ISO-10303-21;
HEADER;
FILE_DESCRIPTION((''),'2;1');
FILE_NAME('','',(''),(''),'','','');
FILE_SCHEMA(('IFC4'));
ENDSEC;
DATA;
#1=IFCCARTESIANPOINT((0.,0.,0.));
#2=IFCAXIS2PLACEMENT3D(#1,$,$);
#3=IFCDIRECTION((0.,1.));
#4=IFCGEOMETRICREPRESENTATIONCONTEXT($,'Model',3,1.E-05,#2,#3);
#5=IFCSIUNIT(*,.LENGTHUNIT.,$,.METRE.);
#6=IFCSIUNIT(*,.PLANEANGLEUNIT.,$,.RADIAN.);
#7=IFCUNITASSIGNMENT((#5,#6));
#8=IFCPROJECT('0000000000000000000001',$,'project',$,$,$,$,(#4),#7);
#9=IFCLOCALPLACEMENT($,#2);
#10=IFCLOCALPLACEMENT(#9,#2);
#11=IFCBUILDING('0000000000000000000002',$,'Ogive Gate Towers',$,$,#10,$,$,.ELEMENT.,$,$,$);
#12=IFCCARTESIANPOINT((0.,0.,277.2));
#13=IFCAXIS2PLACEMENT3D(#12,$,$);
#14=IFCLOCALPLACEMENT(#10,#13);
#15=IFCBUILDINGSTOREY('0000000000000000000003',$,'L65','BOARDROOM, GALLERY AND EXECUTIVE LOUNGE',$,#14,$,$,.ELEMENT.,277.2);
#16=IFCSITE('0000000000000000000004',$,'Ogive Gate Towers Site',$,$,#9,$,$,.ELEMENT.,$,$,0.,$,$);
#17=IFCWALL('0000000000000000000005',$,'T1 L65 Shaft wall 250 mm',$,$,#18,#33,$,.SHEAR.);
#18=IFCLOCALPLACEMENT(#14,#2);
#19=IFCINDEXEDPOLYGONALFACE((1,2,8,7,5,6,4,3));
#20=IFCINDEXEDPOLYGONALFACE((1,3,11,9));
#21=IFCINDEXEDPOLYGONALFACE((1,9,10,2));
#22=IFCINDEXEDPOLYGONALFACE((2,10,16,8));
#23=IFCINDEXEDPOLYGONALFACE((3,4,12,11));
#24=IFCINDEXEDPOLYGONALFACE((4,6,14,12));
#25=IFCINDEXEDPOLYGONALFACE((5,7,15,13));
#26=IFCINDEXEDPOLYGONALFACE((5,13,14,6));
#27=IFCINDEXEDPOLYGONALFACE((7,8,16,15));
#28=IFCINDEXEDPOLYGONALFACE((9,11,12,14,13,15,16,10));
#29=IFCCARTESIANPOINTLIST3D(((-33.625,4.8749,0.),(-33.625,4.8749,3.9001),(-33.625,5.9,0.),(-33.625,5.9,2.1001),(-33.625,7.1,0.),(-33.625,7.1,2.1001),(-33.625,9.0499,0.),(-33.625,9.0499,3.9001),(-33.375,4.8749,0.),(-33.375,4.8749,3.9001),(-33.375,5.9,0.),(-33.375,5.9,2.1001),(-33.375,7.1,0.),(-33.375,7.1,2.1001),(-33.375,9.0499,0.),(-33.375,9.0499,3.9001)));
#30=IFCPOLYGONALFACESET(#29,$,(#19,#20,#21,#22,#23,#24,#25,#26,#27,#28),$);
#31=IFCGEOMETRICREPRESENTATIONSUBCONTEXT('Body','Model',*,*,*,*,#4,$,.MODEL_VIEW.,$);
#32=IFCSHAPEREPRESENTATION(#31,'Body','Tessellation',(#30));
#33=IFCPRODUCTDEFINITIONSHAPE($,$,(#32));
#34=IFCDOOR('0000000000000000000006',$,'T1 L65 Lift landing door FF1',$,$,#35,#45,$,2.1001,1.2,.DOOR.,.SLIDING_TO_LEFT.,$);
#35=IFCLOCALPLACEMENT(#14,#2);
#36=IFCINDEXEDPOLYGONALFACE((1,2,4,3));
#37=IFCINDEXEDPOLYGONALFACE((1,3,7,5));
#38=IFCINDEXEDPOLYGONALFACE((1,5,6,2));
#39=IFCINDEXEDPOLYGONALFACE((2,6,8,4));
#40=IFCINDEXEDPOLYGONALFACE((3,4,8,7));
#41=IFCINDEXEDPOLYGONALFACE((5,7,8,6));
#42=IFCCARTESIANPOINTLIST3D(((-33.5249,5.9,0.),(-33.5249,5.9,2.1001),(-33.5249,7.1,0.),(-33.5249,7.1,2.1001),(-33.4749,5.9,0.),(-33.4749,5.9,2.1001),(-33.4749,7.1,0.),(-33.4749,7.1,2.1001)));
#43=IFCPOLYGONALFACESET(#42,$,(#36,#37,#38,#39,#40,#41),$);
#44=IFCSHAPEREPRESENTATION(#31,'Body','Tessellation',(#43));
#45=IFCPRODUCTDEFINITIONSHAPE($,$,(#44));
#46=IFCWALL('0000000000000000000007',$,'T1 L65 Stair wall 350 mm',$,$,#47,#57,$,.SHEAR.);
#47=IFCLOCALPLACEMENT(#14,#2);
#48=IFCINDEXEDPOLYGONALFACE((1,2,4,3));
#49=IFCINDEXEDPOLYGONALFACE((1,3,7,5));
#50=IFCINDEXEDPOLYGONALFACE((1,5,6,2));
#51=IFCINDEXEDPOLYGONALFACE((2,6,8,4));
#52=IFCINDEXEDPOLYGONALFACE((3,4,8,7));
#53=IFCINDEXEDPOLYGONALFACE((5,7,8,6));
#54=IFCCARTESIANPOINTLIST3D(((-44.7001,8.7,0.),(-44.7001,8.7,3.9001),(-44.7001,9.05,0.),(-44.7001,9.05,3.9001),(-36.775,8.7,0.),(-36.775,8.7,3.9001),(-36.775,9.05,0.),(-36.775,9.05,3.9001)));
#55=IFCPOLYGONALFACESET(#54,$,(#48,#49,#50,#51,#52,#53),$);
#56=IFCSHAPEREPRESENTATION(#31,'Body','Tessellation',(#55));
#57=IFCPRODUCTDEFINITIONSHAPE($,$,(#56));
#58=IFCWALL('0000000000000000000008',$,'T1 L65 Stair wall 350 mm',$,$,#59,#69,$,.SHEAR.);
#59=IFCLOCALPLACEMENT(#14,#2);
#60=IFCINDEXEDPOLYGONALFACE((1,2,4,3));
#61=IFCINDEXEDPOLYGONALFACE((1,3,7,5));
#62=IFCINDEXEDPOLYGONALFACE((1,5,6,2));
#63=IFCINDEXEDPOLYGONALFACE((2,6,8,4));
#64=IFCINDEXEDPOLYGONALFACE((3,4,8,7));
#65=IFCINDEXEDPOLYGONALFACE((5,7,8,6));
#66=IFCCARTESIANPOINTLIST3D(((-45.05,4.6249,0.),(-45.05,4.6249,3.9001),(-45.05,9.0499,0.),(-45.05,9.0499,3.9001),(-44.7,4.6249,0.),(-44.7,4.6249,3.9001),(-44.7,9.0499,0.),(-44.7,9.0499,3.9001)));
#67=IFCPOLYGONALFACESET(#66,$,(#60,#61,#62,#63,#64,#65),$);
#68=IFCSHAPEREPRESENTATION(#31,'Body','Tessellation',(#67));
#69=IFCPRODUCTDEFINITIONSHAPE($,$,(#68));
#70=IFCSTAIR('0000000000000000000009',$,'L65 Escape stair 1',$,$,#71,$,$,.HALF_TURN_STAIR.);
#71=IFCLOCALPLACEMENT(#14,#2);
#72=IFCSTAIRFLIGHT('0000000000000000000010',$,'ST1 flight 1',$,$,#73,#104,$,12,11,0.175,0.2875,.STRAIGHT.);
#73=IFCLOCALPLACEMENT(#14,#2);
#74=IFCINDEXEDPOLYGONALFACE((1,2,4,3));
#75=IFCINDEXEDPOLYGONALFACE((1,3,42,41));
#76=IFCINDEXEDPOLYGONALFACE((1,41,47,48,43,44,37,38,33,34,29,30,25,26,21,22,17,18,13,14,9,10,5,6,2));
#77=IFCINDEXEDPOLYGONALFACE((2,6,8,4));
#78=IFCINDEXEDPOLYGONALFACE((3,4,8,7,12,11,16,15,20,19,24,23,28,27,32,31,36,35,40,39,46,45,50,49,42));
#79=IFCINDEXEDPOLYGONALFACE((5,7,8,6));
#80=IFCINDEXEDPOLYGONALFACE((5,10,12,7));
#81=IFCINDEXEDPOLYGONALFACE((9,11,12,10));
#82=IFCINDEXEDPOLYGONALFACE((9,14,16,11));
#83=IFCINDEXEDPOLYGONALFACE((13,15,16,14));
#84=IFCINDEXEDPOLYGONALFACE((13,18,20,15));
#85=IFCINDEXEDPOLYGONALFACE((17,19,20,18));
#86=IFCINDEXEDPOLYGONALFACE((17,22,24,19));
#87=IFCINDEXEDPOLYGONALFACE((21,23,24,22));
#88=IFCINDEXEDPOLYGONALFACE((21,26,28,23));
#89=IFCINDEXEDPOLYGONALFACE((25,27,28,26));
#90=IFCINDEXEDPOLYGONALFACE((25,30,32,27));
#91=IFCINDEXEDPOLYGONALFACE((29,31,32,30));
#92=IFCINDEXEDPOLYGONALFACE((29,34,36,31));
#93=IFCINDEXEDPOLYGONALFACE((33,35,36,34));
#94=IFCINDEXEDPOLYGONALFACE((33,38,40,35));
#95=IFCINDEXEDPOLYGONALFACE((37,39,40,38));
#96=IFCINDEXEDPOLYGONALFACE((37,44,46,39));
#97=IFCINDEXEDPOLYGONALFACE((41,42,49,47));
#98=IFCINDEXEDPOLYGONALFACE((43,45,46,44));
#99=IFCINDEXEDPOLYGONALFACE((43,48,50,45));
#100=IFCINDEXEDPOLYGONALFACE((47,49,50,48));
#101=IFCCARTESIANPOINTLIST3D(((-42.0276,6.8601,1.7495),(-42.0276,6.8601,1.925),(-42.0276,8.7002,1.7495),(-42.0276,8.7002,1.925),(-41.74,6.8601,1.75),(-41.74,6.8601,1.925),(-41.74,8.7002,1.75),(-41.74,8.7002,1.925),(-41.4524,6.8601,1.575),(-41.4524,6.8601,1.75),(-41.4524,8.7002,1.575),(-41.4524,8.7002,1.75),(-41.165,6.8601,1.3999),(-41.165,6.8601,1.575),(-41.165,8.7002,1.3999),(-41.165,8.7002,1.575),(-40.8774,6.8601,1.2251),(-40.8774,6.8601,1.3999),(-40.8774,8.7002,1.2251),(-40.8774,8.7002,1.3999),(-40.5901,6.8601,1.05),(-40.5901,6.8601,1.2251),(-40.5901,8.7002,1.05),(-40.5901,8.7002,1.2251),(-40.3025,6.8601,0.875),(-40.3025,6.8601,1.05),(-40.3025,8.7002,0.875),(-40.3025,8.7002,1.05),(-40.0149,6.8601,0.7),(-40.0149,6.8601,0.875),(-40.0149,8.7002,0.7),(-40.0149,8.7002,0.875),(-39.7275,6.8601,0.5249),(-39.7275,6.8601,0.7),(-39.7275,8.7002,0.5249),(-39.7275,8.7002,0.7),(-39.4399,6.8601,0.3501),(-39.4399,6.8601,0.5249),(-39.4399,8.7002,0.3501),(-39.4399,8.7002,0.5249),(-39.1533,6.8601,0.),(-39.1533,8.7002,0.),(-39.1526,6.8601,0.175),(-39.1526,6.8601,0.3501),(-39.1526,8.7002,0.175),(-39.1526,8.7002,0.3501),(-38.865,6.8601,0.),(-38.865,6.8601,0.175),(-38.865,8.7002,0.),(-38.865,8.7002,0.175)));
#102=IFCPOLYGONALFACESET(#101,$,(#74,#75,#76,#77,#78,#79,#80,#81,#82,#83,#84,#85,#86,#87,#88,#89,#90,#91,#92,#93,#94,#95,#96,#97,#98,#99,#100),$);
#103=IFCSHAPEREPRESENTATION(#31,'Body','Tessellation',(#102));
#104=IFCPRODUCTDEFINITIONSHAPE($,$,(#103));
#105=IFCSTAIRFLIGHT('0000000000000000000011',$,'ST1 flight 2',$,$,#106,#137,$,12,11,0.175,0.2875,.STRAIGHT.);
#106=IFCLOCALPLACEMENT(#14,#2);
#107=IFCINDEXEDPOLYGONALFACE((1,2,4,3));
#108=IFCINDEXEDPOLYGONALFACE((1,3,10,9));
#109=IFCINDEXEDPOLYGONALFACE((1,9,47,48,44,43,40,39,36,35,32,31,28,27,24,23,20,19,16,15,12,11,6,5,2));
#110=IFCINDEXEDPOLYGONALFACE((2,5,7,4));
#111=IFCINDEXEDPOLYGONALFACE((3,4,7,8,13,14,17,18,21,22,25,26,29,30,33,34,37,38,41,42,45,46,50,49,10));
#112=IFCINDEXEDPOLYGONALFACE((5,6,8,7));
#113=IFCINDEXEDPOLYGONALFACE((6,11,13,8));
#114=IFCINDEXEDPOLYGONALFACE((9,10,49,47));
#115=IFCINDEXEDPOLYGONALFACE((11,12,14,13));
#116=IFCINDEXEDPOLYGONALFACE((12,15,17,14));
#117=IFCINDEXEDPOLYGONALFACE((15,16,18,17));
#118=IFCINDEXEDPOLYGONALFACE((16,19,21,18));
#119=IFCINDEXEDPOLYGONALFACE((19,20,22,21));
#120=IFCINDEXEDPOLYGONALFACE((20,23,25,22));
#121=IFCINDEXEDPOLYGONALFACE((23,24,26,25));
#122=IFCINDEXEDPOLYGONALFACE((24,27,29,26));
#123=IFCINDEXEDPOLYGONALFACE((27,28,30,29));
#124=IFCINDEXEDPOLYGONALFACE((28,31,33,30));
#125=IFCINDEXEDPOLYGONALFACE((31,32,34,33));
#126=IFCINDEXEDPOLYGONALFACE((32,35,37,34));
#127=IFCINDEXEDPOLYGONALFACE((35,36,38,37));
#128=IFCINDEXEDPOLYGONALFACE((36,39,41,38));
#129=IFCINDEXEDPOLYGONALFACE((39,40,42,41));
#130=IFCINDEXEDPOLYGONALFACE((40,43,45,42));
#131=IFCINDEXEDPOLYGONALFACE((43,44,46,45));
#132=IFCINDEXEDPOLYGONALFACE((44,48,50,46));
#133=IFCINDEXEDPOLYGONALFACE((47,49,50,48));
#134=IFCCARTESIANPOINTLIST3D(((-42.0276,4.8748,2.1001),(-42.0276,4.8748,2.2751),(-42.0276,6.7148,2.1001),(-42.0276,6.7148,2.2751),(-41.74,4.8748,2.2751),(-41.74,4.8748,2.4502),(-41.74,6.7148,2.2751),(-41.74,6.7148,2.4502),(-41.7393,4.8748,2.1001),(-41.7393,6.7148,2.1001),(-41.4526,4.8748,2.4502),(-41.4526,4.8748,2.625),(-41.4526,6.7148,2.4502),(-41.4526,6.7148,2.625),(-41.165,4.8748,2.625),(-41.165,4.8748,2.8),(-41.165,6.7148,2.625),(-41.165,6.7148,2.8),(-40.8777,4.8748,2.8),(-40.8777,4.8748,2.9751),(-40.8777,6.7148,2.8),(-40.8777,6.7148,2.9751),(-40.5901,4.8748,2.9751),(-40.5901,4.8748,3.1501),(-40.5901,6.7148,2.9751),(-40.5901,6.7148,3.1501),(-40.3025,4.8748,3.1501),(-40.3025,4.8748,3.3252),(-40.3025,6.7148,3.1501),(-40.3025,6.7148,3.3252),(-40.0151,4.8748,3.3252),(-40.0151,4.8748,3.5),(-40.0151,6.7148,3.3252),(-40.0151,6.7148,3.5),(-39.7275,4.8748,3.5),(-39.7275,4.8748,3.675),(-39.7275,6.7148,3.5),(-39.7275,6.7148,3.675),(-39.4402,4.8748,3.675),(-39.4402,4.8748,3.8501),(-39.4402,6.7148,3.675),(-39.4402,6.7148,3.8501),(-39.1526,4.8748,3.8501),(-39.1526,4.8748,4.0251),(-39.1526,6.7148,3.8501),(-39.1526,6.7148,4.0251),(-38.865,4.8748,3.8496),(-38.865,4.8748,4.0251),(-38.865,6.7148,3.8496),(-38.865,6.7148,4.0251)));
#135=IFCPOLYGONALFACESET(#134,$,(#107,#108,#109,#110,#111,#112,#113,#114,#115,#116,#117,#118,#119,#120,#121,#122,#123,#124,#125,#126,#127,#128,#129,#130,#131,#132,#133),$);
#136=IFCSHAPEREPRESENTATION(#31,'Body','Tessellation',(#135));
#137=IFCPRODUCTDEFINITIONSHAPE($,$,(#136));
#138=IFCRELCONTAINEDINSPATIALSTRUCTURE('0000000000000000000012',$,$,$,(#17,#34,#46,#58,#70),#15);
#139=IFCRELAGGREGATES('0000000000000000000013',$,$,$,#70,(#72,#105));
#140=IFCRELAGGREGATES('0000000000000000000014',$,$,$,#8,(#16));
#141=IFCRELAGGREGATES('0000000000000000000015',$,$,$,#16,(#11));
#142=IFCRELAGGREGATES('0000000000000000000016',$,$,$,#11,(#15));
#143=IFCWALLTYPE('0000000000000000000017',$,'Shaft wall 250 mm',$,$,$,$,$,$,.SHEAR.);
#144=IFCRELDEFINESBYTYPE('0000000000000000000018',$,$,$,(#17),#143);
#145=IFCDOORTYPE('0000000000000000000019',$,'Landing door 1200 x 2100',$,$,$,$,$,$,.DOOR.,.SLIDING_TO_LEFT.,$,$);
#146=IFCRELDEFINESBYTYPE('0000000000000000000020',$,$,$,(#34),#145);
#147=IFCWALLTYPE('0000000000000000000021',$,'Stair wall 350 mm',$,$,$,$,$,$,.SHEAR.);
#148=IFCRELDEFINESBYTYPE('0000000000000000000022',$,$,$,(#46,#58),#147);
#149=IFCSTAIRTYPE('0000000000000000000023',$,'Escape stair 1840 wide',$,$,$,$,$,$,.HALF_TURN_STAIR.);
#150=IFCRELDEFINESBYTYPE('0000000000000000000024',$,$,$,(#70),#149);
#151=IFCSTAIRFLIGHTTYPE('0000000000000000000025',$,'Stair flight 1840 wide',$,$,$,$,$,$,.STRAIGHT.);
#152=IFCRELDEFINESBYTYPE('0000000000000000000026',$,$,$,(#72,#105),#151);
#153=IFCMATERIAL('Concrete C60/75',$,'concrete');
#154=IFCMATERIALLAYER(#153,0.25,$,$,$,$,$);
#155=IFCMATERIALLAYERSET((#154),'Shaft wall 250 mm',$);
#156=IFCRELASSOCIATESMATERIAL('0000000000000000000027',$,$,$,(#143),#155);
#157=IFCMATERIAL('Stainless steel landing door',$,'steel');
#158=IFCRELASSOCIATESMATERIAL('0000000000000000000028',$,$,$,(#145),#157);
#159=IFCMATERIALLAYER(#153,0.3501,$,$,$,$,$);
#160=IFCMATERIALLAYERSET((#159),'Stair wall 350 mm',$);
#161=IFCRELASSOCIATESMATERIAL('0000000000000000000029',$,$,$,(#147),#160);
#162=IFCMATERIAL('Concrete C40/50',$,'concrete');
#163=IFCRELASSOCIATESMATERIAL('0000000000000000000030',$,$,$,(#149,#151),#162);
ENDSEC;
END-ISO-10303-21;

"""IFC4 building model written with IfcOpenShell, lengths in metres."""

from ifc_helpers import new_model, si_unit, direction, frame, frame_2d, origin, place, context, subcontext, project, spatial, polyline, rectangle, outline, extrude, material, layer, layer_set, type_object, element, fill, aggregate, save


model = new_model("IFC4")

# Units and contexts
model_context = context("Model", 3, precision=1e-05, world=origin(), true_north=direction((0.0, 1.0)))
body_context = subcontext(model_context, "Body", "Model", "MODEL_VIEW")
ifc_project = project(units=[si_unit("LENGTHUNIT", "METRE"), si_unit("PLANEANGLEUNIT", "RADIAN")], contexts=[model_context])

# Site, building, storey
site_placement = place(None, origin())
site = spatial("IfcSite", under=ifc_project, at=site_placement, Name="Ogive Gate Towers Site", CompositionType="ELEMENT", RefElevation=0.0)
building_placement = place(site_placement, origin())
building = spatial("IfcBuilding", under=site, at=building_placement, Name="Ogive Gate Towers", CompositionType="ELEMENT")
storey_placement = place(building_placement, frame((0.0, 0.0, 277.2)))
storey = spatial("IfcBuildingStorey", under=building, at=storey_placement, Name="L65", Description="BOARDROOM, GALLERY AND EXECUTIVE LOUNGE", CompositionType="ELEMENT", Elevation=277.2)

# Shared definitions
ifc_material_1 = material(Name="Concrete C60/75", Category="concrete")

# Shared definitions
ifc_layer_1 = layer(ifc_material_1, 0.25)
ifc_layer_set_1 = layer_set([ifc_layer_1], Name="Shaft wall 250 mm")
wall_type_1 = type_object("IfcWallType", Name="Shaft wall 250 mm", PredefinedType="SHEAR", material=ifc_layer_set_1)

# Wall, opening, door
wall_1_placement = place(storey_placement, frame((-33.5, 4.875, 0.0), z_axis=(0.0, 0.0, 1.0), x_axis=(0.0, 1.0, 0.0)))
wall_1 = element("IfcWall", 1, at=wall_1_placement, inside=storey, type_object=wall_type_1, Name="T1 L65 Shaft wall 250 mm", PredefinedType="SHEAR", context=body_context, shape_type="SweptSolid", body=[
    extrude(rectangle(XDim=4.175, YDim=0.25, at=frame_2d((2.0874, 0.0))), origin(), (0.0, 0.0, 1.0), 3.9001),
])
opening_1_placement = place(wall_1_placement, frame((1.0249, 0.0, 0.0)))
opening_1 = element("IfcOpeningElement", 2, at=opening_1_placement, cuts=wall_1, PredefinedType="OPENING", context=body_context, shape_type="SweptSolid", body=[
    extrude(rectangle(XDim=1.2, YDim=2.1001, at=frame_2d((0.6001, 1.05))), frame((0.0, 0.135, 0.0), z_axis=(0.0, -1.0, 0.0), x_axis=(1.0, 0.0, 0.0)), (0.0, 0.0, 1.0), 0.27),
])
ifc_material_2 = material(Name="Stainless steel landing door", Category="steel")
door_type_1 = type_object("IfcDoorType", Name="Landing door 1200 x 2100", OperationType="SLIDING_TO_LEFT", PredefinedType="DOOR", material=ifc_material_2)
door_1_placement = place(opening_1_placement, origin())
door_1 = element("IfcDoor", 3, at=door_1_placement, inside=storey, type_object=door_type_1, Name="T1 L65 Lift landing door FF1", OperationType="SLIDING_TO_LEFT", OverallHeight=2.1001, OverallWidth=1.2, PredefinedType="DOOR", context=body_context, shape_type="SweptSolid", body=[
    extrude(rectangle(XDim=1.2, YDim=2.1001, at=frame_2d((0.6001, 1.05))), frame((0.0, 0.0249, 0.0), z_axis=(0.0, -1.0, 0.0), x_axis=(1.0, 0.0, 0.0)), (0.0, 0.0, 1.0), 0.05),
])
fill(opening_1, door_1)

# Walls
ifc_layer_2 = layer(ifc_material_1, 0.3501)
ifc_layer_set_2 = layer_set([ifc_layer_2], Name="Stair wall 350 mm")
wall_type_2 = type_object("IfcWallType", Name="Stair wall 350 mm", PredefinedType="SHEAR", material=ifc_layer_set_2)
wall_2_placement = place(storey_placement, frame((-44.7, 8.875, 0.0), z_axis=(0.0, 0.0, 1.0), x_axis=(1.0, 0.0, 0.0)))
element("IfcWall", 4, at=wall_2_placement, inside=storey, type_object=wall_type_2, Name="T1 L65 Stair wall 350 mm", PredefinedType="SHEAR", context=body_context, shape_type="SweptSolid", body=[
    extrude(rectangle(XDim=7.925, YDim=0.3501, at=frame_2d((3.9624, 0.0))), origin(), (0.0, 0.0, 1.0), 3.9001),
])
wall_3_placement = place(storey_placement, frame((-44.875, 4.625, 0.0), z_axis=(0.0, 0.0, 1.0), x_axis=(0.0, 1.0, 0.0)))
element("IfcWall", 5, at=wall_3_placement, inside=storey, type_object=wall_type_2, Name="T1 L65 Stair wall 350 mm", PredefinedType="SHEAR", context=body_context, shape_type="SweptSolid", body=[
    extrude(rectangle(XDim=4.425, YDim=0.3501, at=frame_2d((2.2124, 0.0))), origin(), (0.0, 0.0, 1.0), 3.9001),
])

# Stair, stair flights
ifc_material_3 = material(Name="Concrete C40/50", Category="concrete")
stair_type = type_object("IfcStairType", Name="Escape stair 1840 wide", PredefinedType="HALF_TURN_STAIR", material=ifc_material_3)
stair_placement = place(storey_placement, origin())
stair = element("IfcStair", 6, at=stair_placement, inside=storey, type_object=stair_type, Name="L65 Escape stair 1", PredefinedType="HALF_TURN_STAIR")
stair_flight_type = type_object("IfcStairFlightType", Name="Stair flight 1840 wide", PredefinedType="STRAIGHT", material=ifc_material_3)
stair_flight_1_placement = place(storey_placement, frame((-38.865, 7.78, 0.0), z_axis=(0.0, 0.0, 1.0), x_axis=(-1.0, 0.0, 0.0)))
stair_flight_1 = element("IfcStairFlight", 7, at=stair_flight_1_placement, type_object=stair_flight_type, Name="ST1 flight 1", NumberOfRisers=12, NumberOfTreads=11, PredefinedType="STRAIGHT", RiserHeight=0.175, TreadLength=0.2875, context=body_context, shape_type="SweptSolid", body=[
    extrude(outline(polyline([(0.0, 0.0), (0.0, 0.175), (0.2876, 0.175), (0.2876, 0.3501), (0.575, 0.3501), (0.575, 0.5249), (0.8625, 0.5249), (0.8625, 0.7), (1.1499, 0.7), (1.1499, 0.875), (1.4375, 0.875), (1.4375, 1.05), (1.7251, 1.05), (1.7251, 1.2251), (2.0125, 1.2251), (2.0125, 1.3999), (2.3, 1.3999), (2.3, 1.575), (2.5874, 1.575), (2.5874, 1.75), (2.875, 1.75), (2.875, 1.925), (3.1626, 1.925), (3.1626, 2.1001), (3.1626, 1.7495), (0.2883, 0.0), (0.0, 0.0)])), frame((0.0, 0.9199, 0.0), z_axis=(0.0, -1.0, 0.0), x_axis=(1.0, 0.0, 0.0)), (0.0, 0.0, 1.0), 1.8401),
])
stair_flight_2_placement = place(storey_placement, frame((-42.0276, 5.7949, 2.1001), z_axis=(0.0, 0.0, 1.0), x_axis=(1.0, 0.0, 0.0)))
stair_flight_2 = element("IfcStairFlight", 8, at=stair_flight_2_placement, type_object=stair_flight_type, Name="ST1 flight 2", NumberOfRisers=12, NumberOfTreads=11, PredefinedType="STRAIGHT", RiserHeight=0.175, TreadLength=0.2875, context=body_context, shape_type="SweptSolid", body=[
    extrude(outline(polyline([(0.0, 0.0), (0.0, 0.175), (0.2876, 0.175), (0.2876, 0.3501), (0.575, 0.3501), (0.575, 0.5249), (0.8625, 0.5249), (0.8625, 0.7), (1.1499, 0.7), (1.1499, 0.875), (1.4375, 0.875), (1.4375, 1.05), (1.7251, 1.05), (1.7251, 1.2251), (2.0125, 1.2251), (2.0125, 1.3999), (2.3, 1.3999), (2.3, 1.575), (2.5874, 1.575), (2.5874, 1.75), (2.875, 1.75), (2.875, 1.925), (3.1626, 1.925), (3.1626, 2.1001), (3.1626, 1.7495), (0.2883, 0.0), (0.0, 0.0)])), frame((0.0, 0.9199, 0.0), z_axis=(0.0, -1.0, 0.0), x_axis=(1.0, 0.0, 0.0)), (0.0, 0.0, 1.0), 1.8401),
])
aggregate(stair, [stair_flight_1, stair_flight_2])

save(model, "model.ifc")
